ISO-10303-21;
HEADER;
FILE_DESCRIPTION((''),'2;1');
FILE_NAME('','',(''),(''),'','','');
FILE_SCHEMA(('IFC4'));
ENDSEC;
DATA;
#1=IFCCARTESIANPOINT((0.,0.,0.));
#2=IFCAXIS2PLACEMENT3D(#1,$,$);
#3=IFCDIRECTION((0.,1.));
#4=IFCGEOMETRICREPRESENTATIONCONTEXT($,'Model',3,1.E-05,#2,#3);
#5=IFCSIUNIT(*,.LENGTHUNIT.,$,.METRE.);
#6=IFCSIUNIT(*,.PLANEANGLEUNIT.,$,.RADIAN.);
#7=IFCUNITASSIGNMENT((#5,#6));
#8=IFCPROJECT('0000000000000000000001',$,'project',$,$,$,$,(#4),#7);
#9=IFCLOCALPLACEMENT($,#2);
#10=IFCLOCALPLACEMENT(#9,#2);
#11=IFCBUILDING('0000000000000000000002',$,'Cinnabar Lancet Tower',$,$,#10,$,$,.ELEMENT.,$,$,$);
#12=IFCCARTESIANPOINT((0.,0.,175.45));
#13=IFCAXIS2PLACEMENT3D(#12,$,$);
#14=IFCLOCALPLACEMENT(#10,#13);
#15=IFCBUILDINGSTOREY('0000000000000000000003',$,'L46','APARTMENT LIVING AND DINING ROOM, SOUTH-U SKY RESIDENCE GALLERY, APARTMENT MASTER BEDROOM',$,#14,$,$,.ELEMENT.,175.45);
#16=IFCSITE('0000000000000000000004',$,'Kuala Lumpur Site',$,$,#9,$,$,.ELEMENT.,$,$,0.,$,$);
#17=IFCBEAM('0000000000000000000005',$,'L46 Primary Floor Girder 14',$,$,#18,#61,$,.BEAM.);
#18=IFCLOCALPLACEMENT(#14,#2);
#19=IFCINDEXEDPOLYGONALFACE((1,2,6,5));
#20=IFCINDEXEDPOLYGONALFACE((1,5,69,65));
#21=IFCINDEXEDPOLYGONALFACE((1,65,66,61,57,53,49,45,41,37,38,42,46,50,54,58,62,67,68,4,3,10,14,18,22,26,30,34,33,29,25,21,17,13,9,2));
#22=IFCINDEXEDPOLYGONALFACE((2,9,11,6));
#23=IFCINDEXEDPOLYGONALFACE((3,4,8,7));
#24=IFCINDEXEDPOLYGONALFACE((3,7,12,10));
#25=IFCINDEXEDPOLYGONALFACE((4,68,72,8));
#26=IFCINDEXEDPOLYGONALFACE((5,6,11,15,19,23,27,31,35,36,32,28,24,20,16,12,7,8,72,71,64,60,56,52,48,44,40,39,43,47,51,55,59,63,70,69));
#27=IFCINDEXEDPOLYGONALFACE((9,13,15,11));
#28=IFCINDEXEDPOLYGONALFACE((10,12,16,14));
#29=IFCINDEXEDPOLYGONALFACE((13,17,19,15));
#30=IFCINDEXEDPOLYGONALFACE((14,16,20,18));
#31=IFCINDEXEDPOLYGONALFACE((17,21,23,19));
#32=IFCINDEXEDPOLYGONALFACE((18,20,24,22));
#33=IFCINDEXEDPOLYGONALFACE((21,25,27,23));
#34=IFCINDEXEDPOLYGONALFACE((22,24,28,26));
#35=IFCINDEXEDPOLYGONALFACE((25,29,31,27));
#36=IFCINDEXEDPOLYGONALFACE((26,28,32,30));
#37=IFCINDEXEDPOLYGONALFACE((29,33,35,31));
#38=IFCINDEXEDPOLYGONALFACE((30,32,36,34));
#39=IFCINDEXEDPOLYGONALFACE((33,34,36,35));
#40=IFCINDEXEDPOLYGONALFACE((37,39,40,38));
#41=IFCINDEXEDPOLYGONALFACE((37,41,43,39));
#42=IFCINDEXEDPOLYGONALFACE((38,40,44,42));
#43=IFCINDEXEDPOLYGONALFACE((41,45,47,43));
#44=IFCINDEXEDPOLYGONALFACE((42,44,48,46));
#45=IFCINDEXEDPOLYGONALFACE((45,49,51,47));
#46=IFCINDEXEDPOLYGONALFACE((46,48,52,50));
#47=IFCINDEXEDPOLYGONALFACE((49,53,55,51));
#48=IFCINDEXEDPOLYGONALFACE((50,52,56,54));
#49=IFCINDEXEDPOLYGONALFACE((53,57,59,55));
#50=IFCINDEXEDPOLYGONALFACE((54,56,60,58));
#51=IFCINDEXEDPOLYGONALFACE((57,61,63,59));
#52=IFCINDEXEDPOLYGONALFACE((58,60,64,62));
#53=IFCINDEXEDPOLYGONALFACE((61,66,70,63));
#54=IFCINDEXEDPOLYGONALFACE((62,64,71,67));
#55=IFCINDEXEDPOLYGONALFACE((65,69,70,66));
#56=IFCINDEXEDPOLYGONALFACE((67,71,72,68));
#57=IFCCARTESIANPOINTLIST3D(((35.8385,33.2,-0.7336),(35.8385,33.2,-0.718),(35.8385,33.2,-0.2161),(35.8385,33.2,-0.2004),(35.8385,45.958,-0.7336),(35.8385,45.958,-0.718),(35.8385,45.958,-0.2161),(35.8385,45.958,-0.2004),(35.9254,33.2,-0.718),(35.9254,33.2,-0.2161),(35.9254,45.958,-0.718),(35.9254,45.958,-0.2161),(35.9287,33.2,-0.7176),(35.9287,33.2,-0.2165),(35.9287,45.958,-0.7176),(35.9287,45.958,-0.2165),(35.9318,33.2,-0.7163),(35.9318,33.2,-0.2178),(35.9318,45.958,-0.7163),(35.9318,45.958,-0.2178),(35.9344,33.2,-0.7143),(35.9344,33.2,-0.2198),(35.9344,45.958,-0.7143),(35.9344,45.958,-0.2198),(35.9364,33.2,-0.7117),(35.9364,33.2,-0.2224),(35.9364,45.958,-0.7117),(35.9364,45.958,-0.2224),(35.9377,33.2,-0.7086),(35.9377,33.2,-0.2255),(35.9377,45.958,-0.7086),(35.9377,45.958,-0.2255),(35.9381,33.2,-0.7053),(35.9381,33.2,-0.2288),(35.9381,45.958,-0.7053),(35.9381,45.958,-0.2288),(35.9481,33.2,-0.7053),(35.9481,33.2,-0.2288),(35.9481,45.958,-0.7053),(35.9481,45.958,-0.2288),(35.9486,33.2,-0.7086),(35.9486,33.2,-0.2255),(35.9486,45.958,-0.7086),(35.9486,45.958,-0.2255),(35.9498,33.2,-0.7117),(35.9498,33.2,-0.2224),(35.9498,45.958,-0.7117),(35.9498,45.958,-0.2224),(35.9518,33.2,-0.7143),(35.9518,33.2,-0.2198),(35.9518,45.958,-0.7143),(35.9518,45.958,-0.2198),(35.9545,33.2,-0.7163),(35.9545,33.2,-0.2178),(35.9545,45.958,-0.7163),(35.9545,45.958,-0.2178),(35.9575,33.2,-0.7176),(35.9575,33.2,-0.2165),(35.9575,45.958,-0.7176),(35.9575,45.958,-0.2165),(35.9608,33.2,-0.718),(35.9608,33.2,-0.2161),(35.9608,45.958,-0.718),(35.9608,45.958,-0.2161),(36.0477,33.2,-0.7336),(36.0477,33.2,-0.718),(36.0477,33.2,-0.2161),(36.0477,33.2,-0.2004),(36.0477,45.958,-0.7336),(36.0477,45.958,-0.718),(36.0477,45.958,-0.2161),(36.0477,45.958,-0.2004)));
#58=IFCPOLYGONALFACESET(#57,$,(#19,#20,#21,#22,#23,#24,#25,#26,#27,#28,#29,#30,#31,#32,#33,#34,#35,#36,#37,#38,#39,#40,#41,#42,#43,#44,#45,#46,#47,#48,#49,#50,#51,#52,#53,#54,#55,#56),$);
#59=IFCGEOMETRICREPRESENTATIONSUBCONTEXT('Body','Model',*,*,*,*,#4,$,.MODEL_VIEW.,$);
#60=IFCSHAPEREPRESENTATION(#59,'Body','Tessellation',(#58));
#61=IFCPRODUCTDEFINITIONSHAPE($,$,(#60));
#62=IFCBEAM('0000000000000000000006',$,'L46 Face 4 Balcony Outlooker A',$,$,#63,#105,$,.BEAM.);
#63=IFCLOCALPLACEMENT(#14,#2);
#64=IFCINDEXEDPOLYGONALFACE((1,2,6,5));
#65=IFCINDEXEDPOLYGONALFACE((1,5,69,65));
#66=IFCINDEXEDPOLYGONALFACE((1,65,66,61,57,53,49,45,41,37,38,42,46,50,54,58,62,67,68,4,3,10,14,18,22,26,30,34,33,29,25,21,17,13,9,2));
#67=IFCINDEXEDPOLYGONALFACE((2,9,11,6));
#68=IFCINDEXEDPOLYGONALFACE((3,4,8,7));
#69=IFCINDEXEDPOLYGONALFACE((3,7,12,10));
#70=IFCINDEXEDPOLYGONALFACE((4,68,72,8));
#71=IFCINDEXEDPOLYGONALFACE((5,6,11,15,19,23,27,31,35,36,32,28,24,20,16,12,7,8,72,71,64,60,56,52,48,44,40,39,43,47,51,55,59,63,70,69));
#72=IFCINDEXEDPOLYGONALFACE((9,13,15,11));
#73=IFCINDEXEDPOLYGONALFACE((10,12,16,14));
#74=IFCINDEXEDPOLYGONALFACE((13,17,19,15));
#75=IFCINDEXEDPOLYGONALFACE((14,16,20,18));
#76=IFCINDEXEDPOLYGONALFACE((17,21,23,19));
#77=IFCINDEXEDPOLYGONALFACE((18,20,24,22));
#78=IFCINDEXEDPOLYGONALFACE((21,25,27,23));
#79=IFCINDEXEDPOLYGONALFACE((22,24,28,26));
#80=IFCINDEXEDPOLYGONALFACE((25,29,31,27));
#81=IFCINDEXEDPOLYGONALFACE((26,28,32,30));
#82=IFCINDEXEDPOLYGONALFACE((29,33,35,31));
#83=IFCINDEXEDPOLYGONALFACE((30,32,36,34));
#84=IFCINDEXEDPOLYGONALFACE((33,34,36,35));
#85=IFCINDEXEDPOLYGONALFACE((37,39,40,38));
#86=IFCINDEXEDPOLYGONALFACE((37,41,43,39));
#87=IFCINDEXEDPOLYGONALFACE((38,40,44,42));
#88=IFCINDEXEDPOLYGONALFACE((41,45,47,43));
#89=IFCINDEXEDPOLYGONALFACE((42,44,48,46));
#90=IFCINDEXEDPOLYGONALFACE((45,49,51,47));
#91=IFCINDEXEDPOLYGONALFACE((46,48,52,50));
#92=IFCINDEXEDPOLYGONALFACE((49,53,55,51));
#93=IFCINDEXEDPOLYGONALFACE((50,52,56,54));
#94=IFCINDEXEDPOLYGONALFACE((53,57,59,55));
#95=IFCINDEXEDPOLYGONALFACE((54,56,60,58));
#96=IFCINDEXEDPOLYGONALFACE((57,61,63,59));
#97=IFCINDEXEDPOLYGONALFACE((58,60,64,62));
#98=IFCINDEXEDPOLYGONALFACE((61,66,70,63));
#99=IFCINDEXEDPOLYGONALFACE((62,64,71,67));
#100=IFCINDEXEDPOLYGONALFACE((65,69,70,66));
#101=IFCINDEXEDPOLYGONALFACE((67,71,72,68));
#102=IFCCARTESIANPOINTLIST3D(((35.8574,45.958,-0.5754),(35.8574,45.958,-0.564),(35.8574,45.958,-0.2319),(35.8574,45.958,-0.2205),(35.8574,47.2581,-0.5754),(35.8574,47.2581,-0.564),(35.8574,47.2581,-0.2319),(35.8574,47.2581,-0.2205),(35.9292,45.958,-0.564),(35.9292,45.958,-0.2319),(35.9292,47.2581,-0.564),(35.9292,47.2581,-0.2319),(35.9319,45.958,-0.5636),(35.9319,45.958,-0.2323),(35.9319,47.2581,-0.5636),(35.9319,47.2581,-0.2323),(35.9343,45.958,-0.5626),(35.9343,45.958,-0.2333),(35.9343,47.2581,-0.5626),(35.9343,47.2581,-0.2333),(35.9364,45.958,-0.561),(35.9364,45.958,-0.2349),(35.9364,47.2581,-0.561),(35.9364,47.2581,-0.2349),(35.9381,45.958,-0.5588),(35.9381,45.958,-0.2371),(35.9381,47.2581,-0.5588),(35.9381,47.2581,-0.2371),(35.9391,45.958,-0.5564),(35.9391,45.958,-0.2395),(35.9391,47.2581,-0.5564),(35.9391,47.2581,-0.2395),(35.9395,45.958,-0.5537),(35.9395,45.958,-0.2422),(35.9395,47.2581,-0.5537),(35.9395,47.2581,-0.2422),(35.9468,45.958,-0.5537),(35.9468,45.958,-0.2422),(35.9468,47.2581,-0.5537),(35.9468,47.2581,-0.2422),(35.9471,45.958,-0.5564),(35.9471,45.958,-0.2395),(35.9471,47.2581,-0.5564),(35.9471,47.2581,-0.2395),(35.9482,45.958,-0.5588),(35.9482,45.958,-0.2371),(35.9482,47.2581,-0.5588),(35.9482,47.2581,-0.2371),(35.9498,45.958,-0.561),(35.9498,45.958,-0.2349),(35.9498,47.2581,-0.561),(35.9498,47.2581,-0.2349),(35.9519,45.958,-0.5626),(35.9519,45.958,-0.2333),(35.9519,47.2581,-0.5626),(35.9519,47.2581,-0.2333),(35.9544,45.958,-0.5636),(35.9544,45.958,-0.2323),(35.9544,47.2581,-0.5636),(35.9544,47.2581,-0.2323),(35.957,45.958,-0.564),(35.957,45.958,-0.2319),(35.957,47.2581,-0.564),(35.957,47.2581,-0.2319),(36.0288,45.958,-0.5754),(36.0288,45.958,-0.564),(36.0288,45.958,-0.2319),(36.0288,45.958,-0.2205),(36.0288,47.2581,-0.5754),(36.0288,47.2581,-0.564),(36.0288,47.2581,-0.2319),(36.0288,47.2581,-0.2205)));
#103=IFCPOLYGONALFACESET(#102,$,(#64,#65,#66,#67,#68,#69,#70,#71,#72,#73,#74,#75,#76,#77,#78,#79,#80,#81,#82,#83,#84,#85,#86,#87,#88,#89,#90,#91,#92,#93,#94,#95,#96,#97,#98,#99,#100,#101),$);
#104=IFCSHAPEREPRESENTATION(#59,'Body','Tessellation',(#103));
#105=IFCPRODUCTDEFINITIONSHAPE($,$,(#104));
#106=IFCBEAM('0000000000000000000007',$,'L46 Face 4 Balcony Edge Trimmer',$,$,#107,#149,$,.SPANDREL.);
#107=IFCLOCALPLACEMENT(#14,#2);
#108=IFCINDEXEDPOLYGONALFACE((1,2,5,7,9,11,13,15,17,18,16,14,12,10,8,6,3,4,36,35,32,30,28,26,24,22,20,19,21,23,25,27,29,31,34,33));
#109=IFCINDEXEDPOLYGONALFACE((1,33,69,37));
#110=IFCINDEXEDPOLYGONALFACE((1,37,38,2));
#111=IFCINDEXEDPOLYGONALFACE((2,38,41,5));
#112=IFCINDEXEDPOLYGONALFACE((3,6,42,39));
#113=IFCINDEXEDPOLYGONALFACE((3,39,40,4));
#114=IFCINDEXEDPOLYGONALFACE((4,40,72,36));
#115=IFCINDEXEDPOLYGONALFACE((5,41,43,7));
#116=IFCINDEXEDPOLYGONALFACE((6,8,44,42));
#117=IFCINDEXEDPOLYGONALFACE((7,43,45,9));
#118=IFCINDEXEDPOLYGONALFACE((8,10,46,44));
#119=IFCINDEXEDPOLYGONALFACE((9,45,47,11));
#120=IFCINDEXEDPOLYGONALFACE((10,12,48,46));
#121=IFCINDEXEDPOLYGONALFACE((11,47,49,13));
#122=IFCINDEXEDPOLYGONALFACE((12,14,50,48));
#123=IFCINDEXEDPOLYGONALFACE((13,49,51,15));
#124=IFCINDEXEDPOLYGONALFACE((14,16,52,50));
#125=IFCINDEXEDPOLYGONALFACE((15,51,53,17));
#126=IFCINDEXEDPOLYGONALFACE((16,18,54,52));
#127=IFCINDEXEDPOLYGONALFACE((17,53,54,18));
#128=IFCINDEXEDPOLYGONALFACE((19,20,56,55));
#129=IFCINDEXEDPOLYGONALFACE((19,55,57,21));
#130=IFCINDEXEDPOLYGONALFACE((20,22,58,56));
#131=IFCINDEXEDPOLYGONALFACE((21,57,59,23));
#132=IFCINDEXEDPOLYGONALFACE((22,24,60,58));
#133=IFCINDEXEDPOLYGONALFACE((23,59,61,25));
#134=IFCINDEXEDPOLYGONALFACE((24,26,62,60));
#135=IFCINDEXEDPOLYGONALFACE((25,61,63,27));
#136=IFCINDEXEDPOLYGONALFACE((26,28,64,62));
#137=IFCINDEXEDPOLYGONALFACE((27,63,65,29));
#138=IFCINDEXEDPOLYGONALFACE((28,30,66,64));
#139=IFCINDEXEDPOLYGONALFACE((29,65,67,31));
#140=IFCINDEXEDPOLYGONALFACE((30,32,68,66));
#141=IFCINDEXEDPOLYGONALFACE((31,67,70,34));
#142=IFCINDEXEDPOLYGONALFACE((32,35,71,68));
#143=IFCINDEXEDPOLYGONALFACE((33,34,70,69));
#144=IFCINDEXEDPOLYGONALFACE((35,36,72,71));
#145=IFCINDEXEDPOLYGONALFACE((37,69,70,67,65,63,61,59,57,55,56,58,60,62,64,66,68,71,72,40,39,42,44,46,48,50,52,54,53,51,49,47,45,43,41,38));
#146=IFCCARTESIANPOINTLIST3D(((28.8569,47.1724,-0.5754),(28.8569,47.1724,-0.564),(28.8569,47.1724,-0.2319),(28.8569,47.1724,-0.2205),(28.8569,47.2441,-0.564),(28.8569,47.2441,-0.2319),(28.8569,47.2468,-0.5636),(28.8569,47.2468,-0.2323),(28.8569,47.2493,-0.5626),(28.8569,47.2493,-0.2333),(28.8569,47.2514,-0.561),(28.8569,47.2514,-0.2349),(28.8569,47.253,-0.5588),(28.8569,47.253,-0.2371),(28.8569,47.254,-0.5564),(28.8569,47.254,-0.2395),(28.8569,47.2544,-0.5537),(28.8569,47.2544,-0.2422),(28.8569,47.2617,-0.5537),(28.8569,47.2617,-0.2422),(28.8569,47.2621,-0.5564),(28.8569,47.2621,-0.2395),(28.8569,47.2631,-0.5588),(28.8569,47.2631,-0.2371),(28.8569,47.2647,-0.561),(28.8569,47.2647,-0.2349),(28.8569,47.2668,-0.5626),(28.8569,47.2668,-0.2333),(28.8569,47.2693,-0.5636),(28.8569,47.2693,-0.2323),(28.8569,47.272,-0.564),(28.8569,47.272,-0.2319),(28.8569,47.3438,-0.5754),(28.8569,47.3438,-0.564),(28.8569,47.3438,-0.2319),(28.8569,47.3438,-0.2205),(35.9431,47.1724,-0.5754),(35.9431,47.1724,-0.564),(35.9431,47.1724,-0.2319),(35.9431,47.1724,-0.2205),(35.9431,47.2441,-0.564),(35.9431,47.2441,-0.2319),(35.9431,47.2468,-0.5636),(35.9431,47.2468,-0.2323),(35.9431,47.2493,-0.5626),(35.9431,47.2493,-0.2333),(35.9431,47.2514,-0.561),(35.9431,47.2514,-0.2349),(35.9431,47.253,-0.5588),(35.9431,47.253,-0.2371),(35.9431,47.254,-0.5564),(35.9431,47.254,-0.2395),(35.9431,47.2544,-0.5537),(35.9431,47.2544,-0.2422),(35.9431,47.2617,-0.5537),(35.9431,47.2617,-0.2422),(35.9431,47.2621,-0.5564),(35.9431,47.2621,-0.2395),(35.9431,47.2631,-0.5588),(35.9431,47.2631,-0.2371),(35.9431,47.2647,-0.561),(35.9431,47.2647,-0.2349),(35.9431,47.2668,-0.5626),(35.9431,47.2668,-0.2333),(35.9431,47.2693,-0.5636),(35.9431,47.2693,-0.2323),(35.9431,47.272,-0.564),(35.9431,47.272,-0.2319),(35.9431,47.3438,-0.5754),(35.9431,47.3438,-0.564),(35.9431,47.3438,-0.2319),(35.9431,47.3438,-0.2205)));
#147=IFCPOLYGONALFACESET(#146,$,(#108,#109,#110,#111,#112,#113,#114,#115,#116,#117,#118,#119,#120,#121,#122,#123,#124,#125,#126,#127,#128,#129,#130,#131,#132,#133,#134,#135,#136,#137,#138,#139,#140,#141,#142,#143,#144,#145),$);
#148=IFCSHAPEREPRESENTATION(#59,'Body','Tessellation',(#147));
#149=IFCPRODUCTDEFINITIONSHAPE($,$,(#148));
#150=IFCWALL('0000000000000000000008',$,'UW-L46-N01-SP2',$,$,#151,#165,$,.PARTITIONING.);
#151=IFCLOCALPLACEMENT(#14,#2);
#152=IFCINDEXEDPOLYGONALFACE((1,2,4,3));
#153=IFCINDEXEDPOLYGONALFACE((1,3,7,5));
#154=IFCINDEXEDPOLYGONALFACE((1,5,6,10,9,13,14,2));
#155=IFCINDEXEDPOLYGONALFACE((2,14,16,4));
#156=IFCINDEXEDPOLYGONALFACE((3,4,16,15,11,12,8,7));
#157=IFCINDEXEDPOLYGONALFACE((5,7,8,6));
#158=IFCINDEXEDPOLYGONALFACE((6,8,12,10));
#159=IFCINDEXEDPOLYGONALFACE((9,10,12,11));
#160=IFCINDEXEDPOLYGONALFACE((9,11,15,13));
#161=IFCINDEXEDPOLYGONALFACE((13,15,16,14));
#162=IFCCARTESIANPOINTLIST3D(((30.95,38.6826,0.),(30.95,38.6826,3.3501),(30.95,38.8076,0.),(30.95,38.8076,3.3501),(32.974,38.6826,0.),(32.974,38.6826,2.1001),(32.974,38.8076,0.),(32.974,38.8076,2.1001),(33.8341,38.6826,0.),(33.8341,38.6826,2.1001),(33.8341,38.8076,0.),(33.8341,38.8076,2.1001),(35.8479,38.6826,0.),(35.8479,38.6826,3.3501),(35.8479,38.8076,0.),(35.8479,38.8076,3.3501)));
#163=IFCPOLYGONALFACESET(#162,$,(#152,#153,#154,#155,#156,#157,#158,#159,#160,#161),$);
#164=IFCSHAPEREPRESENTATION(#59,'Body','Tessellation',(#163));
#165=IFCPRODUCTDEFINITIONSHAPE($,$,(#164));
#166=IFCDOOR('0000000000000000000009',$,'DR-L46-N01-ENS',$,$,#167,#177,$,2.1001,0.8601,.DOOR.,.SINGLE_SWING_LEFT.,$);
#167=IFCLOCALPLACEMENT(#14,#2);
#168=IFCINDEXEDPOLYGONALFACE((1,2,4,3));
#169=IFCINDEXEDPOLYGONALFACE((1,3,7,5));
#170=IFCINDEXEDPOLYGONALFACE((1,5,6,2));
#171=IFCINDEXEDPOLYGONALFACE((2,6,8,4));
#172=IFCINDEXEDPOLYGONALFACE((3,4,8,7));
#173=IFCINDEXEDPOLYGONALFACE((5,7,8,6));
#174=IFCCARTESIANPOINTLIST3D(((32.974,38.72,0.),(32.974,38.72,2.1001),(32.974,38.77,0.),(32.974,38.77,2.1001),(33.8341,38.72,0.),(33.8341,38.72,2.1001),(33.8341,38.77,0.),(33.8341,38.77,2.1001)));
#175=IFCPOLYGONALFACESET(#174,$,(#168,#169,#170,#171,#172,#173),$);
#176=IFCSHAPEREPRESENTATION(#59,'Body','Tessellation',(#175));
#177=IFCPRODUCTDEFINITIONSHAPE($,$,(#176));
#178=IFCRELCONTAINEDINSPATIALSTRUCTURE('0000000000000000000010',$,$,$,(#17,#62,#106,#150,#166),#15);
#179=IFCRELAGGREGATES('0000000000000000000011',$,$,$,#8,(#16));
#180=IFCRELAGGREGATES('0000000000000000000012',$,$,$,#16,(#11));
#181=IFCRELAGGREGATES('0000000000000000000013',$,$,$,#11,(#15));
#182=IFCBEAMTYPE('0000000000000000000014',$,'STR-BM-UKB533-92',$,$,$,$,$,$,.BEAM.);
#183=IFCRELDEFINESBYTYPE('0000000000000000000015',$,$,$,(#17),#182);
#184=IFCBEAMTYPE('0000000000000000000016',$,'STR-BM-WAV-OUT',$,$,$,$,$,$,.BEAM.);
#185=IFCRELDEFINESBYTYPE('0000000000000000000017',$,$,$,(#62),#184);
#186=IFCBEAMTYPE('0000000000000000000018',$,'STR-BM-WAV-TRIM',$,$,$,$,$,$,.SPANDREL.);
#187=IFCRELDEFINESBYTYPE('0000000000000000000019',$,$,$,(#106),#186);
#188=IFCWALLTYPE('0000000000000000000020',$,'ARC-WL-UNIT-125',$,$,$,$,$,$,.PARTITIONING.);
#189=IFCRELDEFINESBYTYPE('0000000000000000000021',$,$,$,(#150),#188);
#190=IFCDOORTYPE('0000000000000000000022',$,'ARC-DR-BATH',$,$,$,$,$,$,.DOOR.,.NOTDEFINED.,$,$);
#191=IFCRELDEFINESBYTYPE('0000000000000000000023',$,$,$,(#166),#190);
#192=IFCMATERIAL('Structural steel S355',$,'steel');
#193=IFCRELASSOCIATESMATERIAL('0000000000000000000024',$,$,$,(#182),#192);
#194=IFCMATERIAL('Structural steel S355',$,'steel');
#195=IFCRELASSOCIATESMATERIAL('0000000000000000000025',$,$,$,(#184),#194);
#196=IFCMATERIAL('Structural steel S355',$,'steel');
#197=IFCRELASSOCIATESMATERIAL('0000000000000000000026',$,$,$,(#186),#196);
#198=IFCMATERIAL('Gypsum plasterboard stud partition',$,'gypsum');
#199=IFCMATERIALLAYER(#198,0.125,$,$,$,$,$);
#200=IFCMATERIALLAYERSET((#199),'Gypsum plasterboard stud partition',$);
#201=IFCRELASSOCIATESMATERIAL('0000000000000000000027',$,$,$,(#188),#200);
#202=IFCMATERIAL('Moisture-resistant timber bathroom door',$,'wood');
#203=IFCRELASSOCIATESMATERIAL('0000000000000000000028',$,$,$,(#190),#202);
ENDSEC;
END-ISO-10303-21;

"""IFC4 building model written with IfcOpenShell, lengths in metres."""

from ifc_helpers import new_model, si_unit, direction, frame, frame_2d, origin, origin_2d, place, context, subcontext, project, spatial, rectangle, i_section, extrude, material, layer, layer_set, material_profile, profile_set, type_object, element, fill, save


model = new_model("IFC4")

# Units and contexts
model_context = context("Model", 3, precision=1e-05, world=origin(), true_north=direction((0.0, 1.0)))
body_context = subcontext(model_context, "Body", "Model", "MODEL_VIEW")
ifc_project = project(units=[si_unit("LENGTHUNIT", "METRE"), si_unit("PLANEANGLEUNIT", "RADIAN")], contexts=[model_context])

# Site, building, storey
site_placement = place(None, origin())
site = spatial("IfcSite", under=ifc_project, at=site_placement, Name="Kuala Lumpur Site", CompositionType="ELEMENT", RefElevation=0.0)
building_placement = place(site_placement, origin())
building = spatial("IfcBuilding", under=site, at=building_placement, Name="Cinnabar Lancet Tower", CompositionType="ELEMENT")
storey_placement = place(building_placement, frame((0.0, 0.0, 175.45)))
storey = spatial("IfcBuildingStorey", under=building, at=storey_placement, Name="L46", Description="APARTMENT LIVING AND DINING ROOM, SOUTH-U SKY RESIDENCE GALLERY, APARTMENT MASTER BEDROOM", CompositionType="ELEMENT", Elevation=175.45)

# Beams
ifc_material_1 = material(Name="Structural steel S355", Category="steel")
ifc_material_profile_1 = material_profile(ifc_material_1, i_section(OverallWidth=0.2092, OverallDepth=0.5332, WebThickness=0.01, FlangeThickness=0.0156, FilletRadius=0.0127, at=origin_2d()), Name="UKB 533x210x92")
ifc_profile_set_1 = profile_set([ifc_material_profile_1], Name="Structural steel S355")
beam_type_1 = type_object("IfcBeamType", Name="STR-BM-UKB533-92", PredefinedType="BEAM", material=ifc_profile_set_1)
beam_1_placement = place(storey_placement, frame((35.9431, 45.958, -0.467), z_axis=(0.0, -1.0, 0.0), x_axis=(1.0, 0.0, 0.0)))
element("IfcBeam", 1, at=beam_1_placement, inside=storey, type_object=beam_type_1, Name="L46 Primary Floor Girder 14", PredefinedType="BEAM", context=body_context, shape_type="SweptSolid", body=[
    extrude(i_section(OverallWidth=0.2092, OverallDepth=0.5332, WebThickness=0.01, FlangeThickness=0.0156, FilletRadius=0.0127, at=origin_2d()), origin(), (0.0, 0.0, 1.0), 12.7581),
])
ifc_material_2 = material(Name="Structural steel S355", Category="steel")
ifc_material_profile_2 = material_profile(ifc_material_2, i_section(OverallWidth=0.1714, OverallDepth=0.355, WebThickness=0.0073, FlangeThickness=0.0115, FilletRadius=0.0103, at=origin_2d()), Name="UKB 356x171x51")
ifc_profile_set_2 = profile_set([ifc_material_profile_2], Name="Structural steel S355")
beam_type_2 = type_object("IfcBeamType", Name="STR-BM-WAV-OUT", PredefinedType="BEAM", material=ifc_profile_set_2)
beam_2_placement = place(storey_placement, frame((35.9431, 45.958, -0.3979), z_axis=(0.0, 1.0, 0.0), x_axis=(-1.0, 0.0, 0.0)))
element("IfcBeam", 2, at=beam_2_placement, inside=storey, type_object=beam_type_2, Name="L46 Face 4 Balcony Outlooker A", PredefinedType="BEAM", context=body_context, shape_type="SweptSolid", body=[
    extrude(i_section(OverallWidth=0.1714, OverallDepth=0.355, WebThickness=0.0073, FlangeThickness=0.0115, FilletRadius=0.0103, at=origin_2d()), origin(), (0.0, 0.0, 1.0), 1.3),
])
ifc_material_3 = material(Name="Structural steel S355", Category="steel")
ifc_material_profile_3 = material_profile(ifc_material_3, i_section(OverallWidth=0.1714, OverallDepth=0.355, WebThickness=0.0073, FlangeThickness=0.0115, FilletRadius=0.0103, at=origin_2d()), Name="UKB 356x171x51")
ifc_profile_set_3 = profile_set([ifc_material_profile_3], Name="Structural steel S355")
beam_type_3 = type_object("IfcBeamType", Name="STR-BM-WAV-TRIM", PredefinedType="SPANDREL", material=ifc_profile_set_3)
beam_3_placement = place(storey_placement, frame((35.9431, 47.2581, -0.3979), z_axis=(-1.0, 0.0, 0.0), x_axis=(0.0, -1.0, 0.0)))
element("IfcBeam", 3, at=beam_3_placement, inside=storey, type_object=beam_type_3, Name="L46 Face 4 Balcony Edge Trimmer", PredefinedType="SPANDREL", context=body_context, shape_type="SweptSolid", body=[
    extrude(i_section(OverallWidth=0.1714, OverallDepth=0.355, WebThickness=0.0073, FlangeThickness=0.0115, FilletRadius=0.0103, at=origin_2d()), origin(), (0.0, 0.0, 1.0), 7.0862),
])

# Wall, opening, door
ifc_material_4 = material(Name="Gypsum plasterboard stud partition", Category="gypsum")
ifc_layer_1 = layer(ifc_material_4, 0.125)
ifc_layer_set_1 = layer_set([ifc_layer_1], Name="Gypsum plasterboard stud partition")
wall_type_1 = type_object("IfcWallType", Name="ARC-WL-UNIT-125", PredefinedType="PARTITIONING", material=ifc_layer_set_1)
wall_1_placement = place(storey_placement, frame((30.95, 38.7451, 0.0), z_axis=(0.0, 0.0, 1.0), x_axis=(1.0, 0.0, 0.0)))
wall_1 = element("IfcWall", 4, at=wall_1_placement, inside=storey, type_object=wall_type_1, Name="UW-L46-N01-SP2", PredefinedType="PARTITIONING", context=body_context, shape_type="SweptSolid", body=[
    extrude(rectangle(XDim=4.8979, YDim=0.125, at=frame_2d((2.449, 0.0))), origin(), (0.0, 0.0, 1.0), 3.3501),
])
opening_1_placement = place(wall_1_placement, frame((2.0239, 0.0, 0.0)))
opening_1 = element("IfcOpeningElement", 5, at=opening_1_placement, cuts=wall_1, PredefinedType="OPENING", context=body_context, shape_type="SweptSolid", body=[
    extrude(rectangle(XDim=0.8601, YDim=2.1001, at=frame_2d((0.4302, 1.05))), frame((0.0, 0.0725, 0.0), z_axis=(0.0, -1.0, 0.0), x_axis=(1.0, 0.0, 0.0)), (0.0, 0.0, 1.0), 0.145),
])
ifc_material_5 = material(Name="Moisture-resistant timber bathroom door", Category="wood")
door_type_1 = type_object("IfcDoorType", Name="ARC-DR-BATH", OperationType="NOTDEFINED", PredefinedType="DOOR", material=ifc_material_5)
door_1_placement = place(opening_1_placement, origin())
door_1 = element("IfcDoor", 6, at=door_1_placement, inside=storey, type_object=door_type_1, Name="DR-L46-N01-ENS", OperationType="SINGLE_SWING_LEFT", OverallHeight=2.1001, OverallWidth=0.8601, PredefinedType="DOOR", context=body_context, shape_type="SweptSolid", body=[
    extrude(rectangle(XDim=0.8601, YDim=2.1001, at=frame_2d((0.4302, 1.05))), frame((0.0, 0.0249, 0.0), z_axis=(0.0, -1.0, 0.0), x_axis=(1.0, 0.0, 0.0)), (0.0, 0.0, 1.0), 0.05),
])
fill(opening_1, door_1)

save(model, "model.ifc")
